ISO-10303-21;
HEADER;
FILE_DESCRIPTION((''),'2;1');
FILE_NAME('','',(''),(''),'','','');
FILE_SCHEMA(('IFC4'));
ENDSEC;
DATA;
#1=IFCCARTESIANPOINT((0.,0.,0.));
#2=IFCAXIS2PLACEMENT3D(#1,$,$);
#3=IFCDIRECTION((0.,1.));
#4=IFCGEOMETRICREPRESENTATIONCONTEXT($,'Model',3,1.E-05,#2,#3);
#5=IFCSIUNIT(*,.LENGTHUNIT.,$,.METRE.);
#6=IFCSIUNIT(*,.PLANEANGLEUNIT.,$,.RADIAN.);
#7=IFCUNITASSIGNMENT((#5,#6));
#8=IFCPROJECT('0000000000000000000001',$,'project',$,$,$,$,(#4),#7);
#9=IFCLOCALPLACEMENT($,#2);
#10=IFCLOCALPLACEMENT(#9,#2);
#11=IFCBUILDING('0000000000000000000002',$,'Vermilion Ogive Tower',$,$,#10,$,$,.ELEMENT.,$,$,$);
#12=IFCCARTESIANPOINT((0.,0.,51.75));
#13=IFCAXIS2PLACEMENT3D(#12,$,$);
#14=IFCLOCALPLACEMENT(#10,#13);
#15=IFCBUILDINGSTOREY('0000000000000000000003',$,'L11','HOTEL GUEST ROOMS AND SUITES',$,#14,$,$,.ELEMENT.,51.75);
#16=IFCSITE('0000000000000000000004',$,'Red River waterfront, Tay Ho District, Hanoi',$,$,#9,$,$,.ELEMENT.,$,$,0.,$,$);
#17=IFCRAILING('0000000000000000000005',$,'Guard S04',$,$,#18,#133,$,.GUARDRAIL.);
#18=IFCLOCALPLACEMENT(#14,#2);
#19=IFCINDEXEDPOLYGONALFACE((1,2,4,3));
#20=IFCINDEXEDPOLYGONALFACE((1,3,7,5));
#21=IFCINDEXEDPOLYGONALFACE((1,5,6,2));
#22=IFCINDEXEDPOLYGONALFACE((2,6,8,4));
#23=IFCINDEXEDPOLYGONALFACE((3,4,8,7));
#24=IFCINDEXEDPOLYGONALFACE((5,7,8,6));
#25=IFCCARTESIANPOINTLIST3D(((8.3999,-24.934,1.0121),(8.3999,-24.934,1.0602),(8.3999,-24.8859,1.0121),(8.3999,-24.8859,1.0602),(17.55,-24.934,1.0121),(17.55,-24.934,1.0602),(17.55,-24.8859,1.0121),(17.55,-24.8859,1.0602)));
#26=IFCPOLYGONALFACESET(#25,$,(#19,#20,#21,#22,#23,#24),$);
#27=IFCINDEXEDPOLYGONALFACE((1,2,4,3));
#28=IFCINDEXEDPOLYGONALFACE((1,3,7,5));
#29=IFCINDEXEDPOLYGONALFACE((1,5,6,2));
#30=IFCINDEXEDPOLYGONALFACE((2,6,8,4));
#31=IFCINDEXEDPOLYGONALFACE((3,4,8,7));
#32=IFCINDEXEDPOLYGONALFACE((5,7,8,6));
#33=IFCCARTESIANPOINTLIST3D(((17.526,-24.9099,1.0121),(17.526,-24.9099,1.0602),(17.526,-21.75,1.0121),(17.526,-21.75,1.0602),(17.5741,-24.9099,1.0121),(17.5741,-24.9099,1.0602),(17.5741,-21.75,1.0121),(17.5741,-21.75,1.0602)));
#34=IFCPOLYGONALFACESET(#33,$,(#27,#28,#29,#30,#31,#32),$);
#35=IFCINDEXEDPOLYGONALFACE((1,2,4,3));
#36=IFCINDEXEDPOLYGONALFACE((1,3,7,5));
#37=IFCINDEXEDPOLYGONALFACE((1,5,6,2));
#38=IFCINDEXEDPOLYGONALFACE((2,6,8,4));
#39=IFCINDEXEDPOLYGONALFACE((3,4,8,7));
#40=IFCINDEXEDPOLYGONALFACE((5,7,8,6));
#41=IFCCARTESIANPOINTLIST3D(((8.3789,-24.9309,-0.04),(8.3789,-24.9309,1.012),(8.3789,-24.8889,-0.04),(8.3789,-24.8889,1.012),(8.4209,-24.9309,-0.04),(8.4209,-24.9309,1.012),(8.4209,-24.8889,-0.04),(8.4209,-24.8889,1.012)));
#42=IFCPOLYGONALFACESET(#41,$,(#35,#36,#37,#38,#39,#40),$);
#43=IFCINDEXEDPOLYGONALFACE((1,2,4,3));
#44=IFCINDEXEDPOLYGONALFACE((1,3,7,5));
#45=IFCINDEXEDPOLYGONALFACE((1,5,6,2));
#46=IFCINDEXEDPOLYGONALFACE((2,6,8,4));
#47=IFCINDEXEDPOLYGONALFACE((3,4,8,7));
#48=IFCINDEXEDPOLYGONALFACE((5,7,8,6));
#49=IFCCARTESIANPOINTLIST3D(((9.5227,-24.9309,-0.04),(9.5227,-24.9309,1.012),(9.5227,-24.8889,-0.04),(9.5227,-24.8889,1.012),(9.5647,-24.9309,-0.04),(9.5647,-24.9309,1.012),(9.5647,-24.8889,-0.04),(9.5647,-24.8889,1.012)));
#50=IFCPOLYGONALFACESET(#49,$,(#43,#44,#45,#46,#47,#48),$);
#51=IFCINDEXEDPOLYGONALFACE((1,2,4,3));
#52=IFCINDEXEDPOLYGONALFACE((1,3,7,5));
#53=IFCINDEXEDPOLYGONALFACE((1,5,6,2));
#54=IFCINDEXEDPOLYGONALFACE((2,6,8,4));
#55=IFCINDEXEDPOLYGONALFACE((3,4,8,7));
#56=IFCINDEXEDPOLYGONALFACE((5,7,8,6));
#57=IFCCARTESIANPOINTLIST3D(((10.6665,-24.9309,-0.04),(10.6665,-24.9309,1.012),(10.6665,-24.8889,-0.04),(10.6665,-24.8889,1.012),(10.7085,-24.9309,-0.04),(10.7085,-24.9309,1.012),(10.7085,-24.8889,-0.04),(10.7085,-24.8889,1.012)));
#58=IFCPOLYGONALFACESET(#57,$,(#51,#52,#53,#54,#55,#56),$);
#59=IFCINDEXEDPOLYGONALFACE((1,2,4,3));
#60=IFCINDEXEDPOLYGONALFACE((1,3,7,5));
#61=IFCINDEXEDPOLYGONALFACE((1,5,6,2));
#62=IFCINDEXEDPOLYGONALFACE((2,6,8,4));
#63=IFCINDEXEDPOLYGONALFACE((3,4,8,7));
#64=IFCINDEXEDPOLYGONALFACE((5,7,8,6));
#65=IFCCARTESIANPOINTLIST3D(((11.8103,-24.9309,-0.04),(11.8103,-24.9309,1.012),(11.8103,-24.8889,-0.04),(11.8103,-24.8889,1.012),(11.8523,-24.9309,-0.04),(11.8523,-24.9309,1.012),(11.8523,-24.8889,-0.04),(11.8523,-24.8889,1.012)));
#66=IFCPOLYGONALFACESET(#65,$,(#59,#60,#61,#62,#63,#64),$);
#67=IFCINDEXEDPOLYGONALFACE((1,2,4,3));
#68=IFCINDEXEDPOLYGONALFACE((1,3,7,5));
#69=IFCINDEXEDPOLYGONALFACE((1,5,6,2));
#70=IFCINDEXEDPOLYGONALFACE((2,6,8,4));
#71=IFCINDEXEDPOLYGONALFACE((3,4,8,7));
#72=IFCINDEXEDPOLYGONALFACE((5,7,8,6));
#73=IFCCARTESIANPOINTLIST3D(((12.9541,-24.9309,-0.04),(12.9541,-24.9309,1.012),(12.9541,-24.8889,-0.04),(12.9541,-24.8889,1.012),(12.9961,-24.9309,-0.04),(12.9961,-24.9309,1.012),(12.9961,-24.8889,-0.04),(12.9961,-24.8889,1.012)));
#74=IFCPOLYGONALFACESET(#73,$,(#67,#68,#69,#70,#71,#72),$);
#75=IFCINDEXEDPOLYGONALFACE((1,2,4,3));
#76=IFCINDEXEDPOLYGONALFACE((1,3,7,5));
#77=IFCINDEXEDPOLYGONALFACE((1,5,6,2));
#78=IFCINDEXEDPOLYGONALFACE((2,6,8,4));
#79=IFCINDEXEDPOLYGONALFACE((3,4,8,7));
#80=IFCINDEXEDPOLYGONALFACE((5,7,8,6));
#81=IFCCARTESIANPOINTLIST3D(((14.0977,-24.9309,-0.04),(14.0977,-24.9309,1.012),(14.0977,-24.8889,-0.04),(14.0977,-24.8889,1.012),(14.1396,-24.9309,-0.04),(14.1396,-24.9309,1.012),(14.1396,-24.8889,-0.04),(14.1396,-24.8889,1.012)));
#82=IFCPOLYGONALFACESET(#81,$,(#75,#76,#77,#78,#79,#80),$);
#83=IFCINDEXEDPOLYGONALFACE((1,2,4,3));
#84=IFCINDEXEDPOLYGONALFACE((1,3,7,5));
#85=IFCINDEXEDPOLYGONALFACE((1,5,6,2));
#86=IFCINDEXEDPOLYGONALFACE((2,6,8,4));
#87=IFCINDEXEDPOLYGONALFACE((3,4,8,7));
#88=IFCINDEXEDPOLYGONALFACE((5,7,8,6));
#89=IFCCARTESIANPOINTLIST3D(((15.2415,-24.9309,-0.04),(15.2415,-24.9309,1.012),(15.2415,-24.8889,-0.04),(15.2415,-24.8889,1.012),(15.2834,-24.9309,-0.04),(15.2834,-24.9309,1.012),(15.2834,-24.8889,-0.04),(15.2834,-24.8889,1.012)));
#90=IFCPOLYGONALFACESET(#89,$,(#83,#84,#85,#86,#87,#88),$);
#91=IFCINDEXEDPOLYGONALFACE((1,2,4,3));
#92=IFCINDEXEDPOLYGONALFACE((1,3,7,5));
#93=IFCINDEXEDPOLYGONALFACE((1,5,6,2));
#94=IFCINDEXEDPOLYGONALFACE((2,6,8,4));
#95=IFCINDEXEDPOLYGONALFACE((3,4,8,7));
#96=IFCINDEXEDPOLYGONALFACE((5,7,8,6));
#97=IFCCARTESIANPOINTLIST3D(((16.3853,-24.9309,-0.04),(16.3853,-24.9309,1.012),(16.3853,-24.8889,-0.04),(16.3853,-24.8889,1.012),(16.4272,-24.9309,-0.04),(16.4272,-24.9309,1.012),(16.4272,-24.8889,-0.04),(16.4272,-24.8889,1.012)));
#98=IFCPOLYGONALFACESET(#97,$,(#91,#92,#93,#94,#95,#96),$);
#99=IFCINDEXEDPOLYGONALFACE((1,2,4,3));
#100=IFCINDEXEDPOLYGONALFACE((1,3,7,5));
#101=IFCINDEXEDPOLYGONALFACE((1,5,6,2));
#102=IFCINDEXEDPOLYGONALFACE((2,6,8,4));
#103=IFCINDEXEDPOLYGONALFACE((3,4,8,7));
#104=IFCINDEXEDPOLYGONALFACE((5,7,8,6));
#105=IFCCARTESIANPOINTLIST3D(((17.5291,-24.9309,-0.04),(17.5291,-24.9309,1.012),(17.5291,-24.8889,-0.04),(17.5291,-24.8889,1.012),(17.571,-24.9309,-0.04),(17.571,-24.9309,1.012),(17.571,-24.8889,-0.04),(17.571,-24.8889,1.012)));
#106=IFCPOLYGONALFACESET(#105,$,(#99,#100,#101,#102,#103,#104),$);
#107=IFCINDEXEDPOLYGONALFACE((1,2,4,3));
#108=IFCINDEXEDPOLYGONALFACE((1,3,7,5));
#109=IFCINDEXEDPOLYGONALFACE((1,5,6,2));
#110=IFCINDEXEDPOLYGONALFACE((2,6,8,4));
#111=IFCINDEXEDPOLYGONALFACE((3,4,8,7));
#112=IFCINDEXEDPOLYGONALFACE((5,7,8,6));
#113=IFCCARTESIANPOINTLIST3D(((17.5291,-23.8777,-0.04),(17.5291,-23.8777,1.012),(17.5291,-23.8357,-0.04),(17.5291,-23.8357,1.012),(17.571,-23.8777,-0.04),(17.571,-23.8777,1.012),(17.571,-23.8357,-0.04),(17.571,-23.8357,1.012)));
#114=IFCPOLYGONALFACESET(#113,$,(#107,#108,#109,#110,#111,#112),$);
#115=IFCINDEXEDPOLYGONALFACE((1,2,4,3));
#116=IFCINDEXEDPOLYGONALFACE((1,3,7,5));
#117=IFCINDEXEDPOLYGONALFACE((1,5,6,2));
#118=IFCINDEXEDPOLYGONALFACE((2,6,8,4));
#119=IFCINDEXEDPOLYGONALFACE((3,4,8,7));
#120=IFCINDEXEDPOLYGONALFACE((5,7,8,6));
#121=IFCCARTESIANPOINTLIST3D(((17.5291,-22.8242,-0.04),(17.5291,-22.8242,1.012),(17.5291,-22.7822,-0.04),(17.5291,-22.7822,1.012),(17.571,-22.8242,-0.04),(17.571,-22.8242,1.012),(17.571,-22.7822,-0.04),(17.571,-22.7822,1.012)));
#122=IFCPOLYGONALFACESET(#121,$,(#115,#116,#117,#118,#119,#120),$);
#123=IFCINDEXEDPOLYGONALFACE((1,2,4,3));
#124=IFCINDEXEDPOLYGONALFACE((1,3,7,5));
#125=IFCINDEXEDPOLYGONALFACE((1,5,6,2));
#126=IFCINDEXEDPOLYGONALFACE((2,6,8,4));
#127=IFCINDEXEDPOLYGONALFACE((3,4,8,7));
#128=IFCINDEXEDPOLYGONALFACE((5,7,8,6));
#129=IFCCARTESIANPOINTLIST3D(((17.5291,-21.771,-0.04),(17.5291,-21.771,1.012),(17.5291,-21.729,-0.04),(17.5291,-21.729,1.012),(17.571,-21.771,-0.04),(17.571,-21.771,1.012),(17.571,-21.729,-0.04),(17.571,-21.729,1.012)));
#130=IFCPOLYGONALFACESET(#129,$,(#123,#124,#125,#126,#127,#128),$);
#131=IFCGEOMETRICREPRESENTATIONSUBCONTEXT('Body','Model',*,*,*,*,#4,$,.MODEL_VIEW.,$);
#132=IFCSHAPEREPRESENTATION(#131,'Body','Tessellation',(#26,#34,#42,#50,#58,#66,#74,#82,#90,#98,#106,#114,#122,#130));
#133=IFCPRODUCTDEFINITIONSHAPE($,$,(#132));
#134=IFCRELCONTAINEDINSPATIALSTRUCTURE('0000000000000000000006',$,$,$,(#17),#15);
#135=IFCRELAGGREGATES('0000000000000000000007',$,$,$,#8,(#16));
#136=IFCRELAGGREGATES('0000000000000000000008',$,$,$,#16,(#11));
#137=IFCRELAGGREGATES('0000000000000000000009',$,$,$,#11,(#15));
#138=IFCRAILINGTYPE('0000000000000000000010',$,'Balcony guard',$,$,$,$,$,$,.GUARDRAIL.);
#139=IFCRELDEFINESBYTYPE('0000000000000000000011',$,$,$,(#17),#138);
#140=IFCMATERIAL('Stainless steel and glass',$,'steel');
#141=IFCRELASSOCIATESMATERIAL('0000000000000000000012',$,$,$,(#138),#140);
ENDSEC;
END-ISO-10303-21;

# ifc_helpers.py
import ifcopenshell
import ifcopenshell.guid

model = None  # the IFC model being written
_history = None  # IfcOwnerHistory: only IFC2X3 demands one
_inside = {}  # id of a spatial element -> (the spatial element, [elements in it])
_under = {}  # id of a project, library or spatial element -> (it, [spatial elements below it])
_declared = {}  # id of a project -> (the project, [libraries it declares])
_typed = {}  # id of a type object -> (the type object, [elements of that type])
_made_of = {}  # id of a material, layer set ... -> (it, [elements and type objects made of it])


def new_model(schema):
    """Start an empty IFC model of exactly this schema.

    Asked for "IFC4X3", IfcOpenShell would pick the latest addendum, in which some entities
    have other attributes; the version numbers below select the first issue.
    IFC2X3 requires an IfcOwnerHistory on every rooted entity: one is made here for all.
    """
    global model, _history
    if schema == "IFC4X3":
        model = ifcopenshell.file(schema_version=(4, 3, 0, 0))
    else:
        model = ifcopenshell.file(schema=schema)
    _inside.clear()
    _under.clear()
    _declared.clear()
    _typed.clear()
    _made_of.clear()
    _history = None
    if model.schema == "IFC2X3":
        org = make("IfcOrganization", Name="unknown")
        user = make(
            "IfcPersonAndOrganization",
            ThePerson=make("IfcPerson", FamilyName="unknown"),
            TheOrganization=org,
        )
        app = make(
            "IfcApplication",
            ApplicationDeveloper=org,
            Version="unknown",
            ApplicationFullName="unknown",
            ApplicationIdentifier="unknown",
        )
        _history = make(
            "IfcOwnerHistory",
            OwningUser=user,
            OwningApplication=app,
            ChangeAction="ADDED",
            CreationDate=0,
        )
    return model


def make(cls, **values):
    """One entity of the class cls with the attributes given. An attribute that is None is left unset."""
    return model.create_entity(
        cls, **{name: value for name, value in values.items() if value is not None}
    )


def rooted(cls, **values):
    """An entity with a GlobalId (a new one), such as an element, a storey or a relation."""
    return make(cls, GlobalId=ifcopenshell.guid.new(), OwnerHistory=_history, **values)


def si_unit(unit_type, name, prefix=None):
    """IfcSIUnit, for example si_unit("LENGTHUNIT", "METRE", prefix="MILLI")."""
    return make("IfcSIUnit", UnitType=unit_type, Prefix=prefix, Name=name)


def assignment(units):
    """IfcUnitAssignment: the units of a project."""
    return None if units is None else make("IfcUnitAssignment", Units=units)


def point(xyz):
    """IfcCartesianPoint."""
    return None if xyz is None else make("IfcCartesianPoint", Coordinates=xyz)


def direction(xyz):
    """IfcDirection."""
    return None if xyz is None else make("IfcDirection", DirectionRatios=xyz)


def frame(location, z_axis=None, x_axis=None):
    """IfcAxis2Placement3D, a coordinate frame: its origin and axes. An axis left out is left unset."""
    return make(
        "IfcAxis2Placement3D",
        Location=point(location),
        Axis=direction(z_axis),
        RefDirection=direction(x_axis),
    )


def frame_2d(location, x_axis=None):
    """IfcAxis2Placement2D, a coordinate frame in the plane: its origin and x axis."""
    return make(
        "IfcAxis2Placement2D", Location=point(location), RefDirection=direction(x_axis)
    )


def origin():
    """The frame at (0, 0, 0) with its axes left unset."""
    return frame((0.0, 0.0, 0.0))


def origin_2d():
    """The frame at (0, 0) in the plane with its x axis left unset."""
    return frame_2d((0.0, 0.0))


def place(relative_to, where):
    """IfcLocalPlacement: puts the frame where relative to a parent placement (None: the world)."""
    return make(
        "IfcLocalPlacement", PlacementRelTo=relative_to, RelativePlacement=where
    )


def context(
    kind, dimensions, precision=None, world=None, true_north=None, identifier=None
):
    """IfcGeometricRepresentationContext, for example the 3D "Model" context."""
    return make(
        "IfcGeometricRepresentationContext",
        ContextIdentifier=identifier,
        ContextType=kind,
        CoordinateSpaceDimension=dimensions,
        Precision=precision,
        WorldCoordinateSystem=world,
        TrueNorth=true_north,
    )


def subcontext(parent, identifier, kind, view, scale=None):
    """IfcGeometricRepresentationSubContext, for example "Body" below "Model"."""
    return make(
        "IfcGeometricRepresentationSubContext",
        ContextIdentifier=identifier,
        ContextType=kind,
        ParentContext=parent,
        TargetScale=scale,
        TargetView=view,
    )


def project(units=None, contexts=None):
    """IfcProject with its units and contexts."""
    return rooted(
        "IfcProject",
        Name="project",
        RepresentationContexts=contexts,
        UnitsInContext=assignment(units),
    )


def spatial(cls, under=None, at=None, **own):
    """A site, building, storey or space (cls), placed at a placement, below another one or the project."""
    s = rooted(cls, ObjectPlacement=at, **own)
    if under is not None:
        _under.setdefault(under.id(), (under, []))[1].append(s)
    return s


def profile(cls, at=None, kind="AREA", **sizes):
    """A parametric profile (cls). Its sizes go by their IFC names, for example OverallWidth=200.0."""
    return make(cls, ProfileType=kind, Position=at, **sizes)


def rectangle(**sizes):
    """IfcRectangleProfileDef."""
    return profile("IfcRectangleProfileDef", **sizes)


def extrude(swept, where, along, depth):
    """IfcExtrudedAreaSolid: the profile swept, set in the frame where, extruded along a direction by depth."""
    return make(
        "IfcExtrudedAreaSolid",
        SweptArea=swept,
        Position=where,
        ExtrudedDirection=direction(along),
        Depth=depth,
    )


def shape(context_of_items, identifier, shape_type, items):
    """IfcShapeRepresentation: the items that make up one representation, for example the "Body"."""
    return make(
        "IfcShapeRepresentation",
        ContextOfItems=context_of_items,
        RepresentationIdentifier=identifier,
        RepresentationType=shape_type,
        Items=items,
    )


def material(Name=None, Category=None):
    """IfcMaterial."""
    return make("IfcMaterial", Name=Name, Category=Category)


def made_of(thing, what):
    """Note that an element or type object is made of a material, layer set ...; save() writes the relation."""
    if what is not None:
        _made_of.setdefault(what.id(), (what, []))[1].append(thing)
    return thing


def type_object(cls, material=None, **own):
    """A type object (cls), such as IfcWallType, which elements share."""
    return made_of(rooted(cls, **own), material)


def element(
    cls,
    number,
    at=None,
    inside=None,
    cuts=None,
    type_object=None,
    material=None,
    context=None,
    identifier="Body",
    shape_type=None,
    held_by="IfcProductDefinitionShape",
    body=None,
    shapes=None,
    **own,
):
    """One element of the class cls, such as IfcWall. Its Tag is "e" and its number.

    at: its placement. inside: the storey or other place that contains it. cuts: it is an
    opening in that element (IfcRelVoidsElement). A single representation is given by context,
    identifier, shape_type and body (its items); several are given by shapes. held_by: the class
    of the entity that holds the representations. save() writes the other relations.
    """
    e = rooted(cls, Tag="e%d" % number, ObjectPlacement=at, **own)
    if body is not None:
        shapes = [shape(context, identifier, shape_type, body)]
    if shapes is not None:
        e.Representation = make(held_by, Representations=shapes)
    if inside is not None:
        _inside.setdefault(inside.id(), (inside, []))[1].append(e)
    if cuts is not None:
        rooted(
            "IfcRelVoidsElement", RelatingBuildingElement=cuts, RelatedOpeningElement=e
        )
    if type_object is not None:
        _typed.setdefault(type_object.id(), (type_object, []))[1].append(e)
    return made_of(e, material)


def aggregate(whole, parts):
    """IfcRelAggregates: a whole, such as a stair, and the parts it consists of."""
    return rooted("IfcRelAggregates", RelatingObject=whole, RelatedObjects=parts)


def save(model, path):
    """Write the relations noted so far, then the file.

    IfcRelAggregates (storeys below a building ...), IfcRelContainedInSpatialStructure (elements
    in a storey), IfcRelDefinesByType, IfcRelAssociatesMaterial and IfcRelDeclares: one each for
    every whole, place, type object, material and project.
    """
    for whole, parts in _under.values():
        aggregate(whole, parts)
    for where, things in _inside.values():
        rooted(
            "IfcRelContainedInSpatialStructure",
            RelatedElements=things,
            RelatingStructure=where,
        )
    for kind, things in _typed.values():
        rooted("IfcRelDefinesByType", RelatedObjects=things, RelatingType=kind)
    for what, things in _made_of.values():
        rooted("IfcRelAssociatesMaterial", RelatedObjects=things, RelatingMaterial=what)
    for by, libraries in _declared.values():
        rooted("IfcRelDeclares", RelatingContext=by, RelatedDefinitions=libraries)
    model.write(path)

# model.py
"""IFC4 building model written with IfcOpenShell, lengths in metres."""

from ifc_helpers import new_model, si_unit, direction, frame, origin, origin_2d, place, context, subcontext, project, spatial, rectangle, extrude, material, type_object, element, save


model = new_model("IFC4")

# Units and contexts
model_context = context("Model", 3, precision=1e-05, world=origin(), true_north=direction((0.0, 1.0)))
body_context = subcontext(model_context, "Body", "Model", "MODEL_VIEW")
ifc_project = project(units=[si_unit("LENGTHUNIT", "METRE"), si_unit("PLANEANGLEUNIT", "RADIAN")], contexts=[model_context])

# Site, building, storey
site_placement = place(None, origin())
site = spatial("IfcSite", under=ifc_project, at=site_placement, Name="Red River waterfront, Tay Ho District, Hanoi", CompositionType="ELEMENT", RefElevation=0.0)
building_placement = place(site_placement, origin())
building = spatial("IfcBuilding", under=site, at=building_placement, Name="Vermilion Ogive Tower", CompositionType="ELEMENT")
storey_placement = place(building_placement, frame((0.0, 0.0, 51.75)))
storey = spatial("IfcBuildingStorey", under=building, at=storey_placement, Name="L11", Description="HOTEL GUEST ROOMS AND SUITES", CompositionType="ELEMENT", Elevation=51.75)

# Railing
ifc_material_1 = material(Name="Stainless steel and glass", Category="steel")
railing_type_1 = type_object("IfcRailingType", Name="Balcony guard", PredefinedType="GUARDRAIL", material=ifc_material_1)
railing_1_placement = place(storey_placement, frame((8.3999, -24.9099, -0.04)))
element("IfcRailing", 1, at=railing_1_placement, inside=storey, type_object=railing_type_1, Name="Guard S04", PredefinedType="GUARDRAIL", context=body_context, shape_type="SweptSolid", body=[
    extrude(rectangle(XDim=0.0481, YDim=0.0481, at=origin_2d()), frame((0.0, 0.0, 1.0762), z_axis=(1.0, 0.0, 0.0), x_axis=(0.0, 1.0, 0.0)), (0.0, 0.0, 1.0), 9.1501),
    extrude(rectangle(XDim=0.0481, YDim=0.0481, at=origin_2d()), frame((9.1501, 0.0, 1.0762), z_axis=(0.0, 1.0, 0.0), x_axis=(-1.0, 0.0, 0.0)), (0.0, 0.0, 1.0), 3.1599),
    extrude(rectangle(XDim=0.042, YDim=0.042, at=origin_2d()), origin(), (0.0, 0.0, 1.0), 1.052),
    extrude(rectangle(XDim=0.042, YDim=0.042, at=origin_2d()), frame((1.1438, 0.0, 0.0)), (0.0, 0.0, 1.0), 1.052),
    extrude(rectangle(XDim=0.042, YDim=0.042, at=origin_2d()), frame((2.2876, 0.0, 0.0)), (0.0, 0.0, 1.0), 1.052),
    extrude(rectangle(XDim=0.042, YDim=0.042, at=origin_2d()), frame((3.4314, 0.0, 0.0)), (0.0, 0.0, 1.0), 1.052),
    extrude(rectangle(XDim=0.042, YDim=0.042, at=origin_2d()), frame((4.5752, 0.0, 0.0)), (0.0, 0.0, 1.0), 1.052),
    extrude(rectangle(XDim=0.042, YDim=0.042, at=origin_2d()), frame((5.7188, 0.0, 0.0)), (0.0, 0.0, 1.0), 1.052),
    extrude(rectangle(XDim=0.042, YDim=0.042, at=origin_2d()), frame((6.8625, 0.0, 0.0)), (0.0, 0.0, 1.0), 1.052),
    extrude(rectangle(XDim=0.042, YDim=0.042, at=origin_2d()), frame((8.0063, 0.0, 0.0)), (0.0, 0.0, 1.0), 1.052),
    extrude(rectangle(XDim=0.042, YDim=0.042, at=origin_2d()), frame((9.1501, 0.0, 0.0)), (0.0, 0.0, 1.0), 1.052),
    extrude(rectangle(XDim=0.042, YDim=0.042, at=origin_2d()), frame((9.1501, 1.0532, 0.0)), (0.0, 0.0, 1.0), 1.052),
    extrude(rectangle(XDim=0.042, YDim=0.042, at=origin_2d()), frame((9.1501, 2.1067, 0.0)), (0.0, 0.0, 1.0), 1.052),
    extrude(rectangle(XDim=0.042, YDim=0.042, at=origin_2d()), frame((9.1501, 3.1599, 0.0)), (0.0, 0.0, 1.0), 1.052),
])

save(model, "model.ifc")
